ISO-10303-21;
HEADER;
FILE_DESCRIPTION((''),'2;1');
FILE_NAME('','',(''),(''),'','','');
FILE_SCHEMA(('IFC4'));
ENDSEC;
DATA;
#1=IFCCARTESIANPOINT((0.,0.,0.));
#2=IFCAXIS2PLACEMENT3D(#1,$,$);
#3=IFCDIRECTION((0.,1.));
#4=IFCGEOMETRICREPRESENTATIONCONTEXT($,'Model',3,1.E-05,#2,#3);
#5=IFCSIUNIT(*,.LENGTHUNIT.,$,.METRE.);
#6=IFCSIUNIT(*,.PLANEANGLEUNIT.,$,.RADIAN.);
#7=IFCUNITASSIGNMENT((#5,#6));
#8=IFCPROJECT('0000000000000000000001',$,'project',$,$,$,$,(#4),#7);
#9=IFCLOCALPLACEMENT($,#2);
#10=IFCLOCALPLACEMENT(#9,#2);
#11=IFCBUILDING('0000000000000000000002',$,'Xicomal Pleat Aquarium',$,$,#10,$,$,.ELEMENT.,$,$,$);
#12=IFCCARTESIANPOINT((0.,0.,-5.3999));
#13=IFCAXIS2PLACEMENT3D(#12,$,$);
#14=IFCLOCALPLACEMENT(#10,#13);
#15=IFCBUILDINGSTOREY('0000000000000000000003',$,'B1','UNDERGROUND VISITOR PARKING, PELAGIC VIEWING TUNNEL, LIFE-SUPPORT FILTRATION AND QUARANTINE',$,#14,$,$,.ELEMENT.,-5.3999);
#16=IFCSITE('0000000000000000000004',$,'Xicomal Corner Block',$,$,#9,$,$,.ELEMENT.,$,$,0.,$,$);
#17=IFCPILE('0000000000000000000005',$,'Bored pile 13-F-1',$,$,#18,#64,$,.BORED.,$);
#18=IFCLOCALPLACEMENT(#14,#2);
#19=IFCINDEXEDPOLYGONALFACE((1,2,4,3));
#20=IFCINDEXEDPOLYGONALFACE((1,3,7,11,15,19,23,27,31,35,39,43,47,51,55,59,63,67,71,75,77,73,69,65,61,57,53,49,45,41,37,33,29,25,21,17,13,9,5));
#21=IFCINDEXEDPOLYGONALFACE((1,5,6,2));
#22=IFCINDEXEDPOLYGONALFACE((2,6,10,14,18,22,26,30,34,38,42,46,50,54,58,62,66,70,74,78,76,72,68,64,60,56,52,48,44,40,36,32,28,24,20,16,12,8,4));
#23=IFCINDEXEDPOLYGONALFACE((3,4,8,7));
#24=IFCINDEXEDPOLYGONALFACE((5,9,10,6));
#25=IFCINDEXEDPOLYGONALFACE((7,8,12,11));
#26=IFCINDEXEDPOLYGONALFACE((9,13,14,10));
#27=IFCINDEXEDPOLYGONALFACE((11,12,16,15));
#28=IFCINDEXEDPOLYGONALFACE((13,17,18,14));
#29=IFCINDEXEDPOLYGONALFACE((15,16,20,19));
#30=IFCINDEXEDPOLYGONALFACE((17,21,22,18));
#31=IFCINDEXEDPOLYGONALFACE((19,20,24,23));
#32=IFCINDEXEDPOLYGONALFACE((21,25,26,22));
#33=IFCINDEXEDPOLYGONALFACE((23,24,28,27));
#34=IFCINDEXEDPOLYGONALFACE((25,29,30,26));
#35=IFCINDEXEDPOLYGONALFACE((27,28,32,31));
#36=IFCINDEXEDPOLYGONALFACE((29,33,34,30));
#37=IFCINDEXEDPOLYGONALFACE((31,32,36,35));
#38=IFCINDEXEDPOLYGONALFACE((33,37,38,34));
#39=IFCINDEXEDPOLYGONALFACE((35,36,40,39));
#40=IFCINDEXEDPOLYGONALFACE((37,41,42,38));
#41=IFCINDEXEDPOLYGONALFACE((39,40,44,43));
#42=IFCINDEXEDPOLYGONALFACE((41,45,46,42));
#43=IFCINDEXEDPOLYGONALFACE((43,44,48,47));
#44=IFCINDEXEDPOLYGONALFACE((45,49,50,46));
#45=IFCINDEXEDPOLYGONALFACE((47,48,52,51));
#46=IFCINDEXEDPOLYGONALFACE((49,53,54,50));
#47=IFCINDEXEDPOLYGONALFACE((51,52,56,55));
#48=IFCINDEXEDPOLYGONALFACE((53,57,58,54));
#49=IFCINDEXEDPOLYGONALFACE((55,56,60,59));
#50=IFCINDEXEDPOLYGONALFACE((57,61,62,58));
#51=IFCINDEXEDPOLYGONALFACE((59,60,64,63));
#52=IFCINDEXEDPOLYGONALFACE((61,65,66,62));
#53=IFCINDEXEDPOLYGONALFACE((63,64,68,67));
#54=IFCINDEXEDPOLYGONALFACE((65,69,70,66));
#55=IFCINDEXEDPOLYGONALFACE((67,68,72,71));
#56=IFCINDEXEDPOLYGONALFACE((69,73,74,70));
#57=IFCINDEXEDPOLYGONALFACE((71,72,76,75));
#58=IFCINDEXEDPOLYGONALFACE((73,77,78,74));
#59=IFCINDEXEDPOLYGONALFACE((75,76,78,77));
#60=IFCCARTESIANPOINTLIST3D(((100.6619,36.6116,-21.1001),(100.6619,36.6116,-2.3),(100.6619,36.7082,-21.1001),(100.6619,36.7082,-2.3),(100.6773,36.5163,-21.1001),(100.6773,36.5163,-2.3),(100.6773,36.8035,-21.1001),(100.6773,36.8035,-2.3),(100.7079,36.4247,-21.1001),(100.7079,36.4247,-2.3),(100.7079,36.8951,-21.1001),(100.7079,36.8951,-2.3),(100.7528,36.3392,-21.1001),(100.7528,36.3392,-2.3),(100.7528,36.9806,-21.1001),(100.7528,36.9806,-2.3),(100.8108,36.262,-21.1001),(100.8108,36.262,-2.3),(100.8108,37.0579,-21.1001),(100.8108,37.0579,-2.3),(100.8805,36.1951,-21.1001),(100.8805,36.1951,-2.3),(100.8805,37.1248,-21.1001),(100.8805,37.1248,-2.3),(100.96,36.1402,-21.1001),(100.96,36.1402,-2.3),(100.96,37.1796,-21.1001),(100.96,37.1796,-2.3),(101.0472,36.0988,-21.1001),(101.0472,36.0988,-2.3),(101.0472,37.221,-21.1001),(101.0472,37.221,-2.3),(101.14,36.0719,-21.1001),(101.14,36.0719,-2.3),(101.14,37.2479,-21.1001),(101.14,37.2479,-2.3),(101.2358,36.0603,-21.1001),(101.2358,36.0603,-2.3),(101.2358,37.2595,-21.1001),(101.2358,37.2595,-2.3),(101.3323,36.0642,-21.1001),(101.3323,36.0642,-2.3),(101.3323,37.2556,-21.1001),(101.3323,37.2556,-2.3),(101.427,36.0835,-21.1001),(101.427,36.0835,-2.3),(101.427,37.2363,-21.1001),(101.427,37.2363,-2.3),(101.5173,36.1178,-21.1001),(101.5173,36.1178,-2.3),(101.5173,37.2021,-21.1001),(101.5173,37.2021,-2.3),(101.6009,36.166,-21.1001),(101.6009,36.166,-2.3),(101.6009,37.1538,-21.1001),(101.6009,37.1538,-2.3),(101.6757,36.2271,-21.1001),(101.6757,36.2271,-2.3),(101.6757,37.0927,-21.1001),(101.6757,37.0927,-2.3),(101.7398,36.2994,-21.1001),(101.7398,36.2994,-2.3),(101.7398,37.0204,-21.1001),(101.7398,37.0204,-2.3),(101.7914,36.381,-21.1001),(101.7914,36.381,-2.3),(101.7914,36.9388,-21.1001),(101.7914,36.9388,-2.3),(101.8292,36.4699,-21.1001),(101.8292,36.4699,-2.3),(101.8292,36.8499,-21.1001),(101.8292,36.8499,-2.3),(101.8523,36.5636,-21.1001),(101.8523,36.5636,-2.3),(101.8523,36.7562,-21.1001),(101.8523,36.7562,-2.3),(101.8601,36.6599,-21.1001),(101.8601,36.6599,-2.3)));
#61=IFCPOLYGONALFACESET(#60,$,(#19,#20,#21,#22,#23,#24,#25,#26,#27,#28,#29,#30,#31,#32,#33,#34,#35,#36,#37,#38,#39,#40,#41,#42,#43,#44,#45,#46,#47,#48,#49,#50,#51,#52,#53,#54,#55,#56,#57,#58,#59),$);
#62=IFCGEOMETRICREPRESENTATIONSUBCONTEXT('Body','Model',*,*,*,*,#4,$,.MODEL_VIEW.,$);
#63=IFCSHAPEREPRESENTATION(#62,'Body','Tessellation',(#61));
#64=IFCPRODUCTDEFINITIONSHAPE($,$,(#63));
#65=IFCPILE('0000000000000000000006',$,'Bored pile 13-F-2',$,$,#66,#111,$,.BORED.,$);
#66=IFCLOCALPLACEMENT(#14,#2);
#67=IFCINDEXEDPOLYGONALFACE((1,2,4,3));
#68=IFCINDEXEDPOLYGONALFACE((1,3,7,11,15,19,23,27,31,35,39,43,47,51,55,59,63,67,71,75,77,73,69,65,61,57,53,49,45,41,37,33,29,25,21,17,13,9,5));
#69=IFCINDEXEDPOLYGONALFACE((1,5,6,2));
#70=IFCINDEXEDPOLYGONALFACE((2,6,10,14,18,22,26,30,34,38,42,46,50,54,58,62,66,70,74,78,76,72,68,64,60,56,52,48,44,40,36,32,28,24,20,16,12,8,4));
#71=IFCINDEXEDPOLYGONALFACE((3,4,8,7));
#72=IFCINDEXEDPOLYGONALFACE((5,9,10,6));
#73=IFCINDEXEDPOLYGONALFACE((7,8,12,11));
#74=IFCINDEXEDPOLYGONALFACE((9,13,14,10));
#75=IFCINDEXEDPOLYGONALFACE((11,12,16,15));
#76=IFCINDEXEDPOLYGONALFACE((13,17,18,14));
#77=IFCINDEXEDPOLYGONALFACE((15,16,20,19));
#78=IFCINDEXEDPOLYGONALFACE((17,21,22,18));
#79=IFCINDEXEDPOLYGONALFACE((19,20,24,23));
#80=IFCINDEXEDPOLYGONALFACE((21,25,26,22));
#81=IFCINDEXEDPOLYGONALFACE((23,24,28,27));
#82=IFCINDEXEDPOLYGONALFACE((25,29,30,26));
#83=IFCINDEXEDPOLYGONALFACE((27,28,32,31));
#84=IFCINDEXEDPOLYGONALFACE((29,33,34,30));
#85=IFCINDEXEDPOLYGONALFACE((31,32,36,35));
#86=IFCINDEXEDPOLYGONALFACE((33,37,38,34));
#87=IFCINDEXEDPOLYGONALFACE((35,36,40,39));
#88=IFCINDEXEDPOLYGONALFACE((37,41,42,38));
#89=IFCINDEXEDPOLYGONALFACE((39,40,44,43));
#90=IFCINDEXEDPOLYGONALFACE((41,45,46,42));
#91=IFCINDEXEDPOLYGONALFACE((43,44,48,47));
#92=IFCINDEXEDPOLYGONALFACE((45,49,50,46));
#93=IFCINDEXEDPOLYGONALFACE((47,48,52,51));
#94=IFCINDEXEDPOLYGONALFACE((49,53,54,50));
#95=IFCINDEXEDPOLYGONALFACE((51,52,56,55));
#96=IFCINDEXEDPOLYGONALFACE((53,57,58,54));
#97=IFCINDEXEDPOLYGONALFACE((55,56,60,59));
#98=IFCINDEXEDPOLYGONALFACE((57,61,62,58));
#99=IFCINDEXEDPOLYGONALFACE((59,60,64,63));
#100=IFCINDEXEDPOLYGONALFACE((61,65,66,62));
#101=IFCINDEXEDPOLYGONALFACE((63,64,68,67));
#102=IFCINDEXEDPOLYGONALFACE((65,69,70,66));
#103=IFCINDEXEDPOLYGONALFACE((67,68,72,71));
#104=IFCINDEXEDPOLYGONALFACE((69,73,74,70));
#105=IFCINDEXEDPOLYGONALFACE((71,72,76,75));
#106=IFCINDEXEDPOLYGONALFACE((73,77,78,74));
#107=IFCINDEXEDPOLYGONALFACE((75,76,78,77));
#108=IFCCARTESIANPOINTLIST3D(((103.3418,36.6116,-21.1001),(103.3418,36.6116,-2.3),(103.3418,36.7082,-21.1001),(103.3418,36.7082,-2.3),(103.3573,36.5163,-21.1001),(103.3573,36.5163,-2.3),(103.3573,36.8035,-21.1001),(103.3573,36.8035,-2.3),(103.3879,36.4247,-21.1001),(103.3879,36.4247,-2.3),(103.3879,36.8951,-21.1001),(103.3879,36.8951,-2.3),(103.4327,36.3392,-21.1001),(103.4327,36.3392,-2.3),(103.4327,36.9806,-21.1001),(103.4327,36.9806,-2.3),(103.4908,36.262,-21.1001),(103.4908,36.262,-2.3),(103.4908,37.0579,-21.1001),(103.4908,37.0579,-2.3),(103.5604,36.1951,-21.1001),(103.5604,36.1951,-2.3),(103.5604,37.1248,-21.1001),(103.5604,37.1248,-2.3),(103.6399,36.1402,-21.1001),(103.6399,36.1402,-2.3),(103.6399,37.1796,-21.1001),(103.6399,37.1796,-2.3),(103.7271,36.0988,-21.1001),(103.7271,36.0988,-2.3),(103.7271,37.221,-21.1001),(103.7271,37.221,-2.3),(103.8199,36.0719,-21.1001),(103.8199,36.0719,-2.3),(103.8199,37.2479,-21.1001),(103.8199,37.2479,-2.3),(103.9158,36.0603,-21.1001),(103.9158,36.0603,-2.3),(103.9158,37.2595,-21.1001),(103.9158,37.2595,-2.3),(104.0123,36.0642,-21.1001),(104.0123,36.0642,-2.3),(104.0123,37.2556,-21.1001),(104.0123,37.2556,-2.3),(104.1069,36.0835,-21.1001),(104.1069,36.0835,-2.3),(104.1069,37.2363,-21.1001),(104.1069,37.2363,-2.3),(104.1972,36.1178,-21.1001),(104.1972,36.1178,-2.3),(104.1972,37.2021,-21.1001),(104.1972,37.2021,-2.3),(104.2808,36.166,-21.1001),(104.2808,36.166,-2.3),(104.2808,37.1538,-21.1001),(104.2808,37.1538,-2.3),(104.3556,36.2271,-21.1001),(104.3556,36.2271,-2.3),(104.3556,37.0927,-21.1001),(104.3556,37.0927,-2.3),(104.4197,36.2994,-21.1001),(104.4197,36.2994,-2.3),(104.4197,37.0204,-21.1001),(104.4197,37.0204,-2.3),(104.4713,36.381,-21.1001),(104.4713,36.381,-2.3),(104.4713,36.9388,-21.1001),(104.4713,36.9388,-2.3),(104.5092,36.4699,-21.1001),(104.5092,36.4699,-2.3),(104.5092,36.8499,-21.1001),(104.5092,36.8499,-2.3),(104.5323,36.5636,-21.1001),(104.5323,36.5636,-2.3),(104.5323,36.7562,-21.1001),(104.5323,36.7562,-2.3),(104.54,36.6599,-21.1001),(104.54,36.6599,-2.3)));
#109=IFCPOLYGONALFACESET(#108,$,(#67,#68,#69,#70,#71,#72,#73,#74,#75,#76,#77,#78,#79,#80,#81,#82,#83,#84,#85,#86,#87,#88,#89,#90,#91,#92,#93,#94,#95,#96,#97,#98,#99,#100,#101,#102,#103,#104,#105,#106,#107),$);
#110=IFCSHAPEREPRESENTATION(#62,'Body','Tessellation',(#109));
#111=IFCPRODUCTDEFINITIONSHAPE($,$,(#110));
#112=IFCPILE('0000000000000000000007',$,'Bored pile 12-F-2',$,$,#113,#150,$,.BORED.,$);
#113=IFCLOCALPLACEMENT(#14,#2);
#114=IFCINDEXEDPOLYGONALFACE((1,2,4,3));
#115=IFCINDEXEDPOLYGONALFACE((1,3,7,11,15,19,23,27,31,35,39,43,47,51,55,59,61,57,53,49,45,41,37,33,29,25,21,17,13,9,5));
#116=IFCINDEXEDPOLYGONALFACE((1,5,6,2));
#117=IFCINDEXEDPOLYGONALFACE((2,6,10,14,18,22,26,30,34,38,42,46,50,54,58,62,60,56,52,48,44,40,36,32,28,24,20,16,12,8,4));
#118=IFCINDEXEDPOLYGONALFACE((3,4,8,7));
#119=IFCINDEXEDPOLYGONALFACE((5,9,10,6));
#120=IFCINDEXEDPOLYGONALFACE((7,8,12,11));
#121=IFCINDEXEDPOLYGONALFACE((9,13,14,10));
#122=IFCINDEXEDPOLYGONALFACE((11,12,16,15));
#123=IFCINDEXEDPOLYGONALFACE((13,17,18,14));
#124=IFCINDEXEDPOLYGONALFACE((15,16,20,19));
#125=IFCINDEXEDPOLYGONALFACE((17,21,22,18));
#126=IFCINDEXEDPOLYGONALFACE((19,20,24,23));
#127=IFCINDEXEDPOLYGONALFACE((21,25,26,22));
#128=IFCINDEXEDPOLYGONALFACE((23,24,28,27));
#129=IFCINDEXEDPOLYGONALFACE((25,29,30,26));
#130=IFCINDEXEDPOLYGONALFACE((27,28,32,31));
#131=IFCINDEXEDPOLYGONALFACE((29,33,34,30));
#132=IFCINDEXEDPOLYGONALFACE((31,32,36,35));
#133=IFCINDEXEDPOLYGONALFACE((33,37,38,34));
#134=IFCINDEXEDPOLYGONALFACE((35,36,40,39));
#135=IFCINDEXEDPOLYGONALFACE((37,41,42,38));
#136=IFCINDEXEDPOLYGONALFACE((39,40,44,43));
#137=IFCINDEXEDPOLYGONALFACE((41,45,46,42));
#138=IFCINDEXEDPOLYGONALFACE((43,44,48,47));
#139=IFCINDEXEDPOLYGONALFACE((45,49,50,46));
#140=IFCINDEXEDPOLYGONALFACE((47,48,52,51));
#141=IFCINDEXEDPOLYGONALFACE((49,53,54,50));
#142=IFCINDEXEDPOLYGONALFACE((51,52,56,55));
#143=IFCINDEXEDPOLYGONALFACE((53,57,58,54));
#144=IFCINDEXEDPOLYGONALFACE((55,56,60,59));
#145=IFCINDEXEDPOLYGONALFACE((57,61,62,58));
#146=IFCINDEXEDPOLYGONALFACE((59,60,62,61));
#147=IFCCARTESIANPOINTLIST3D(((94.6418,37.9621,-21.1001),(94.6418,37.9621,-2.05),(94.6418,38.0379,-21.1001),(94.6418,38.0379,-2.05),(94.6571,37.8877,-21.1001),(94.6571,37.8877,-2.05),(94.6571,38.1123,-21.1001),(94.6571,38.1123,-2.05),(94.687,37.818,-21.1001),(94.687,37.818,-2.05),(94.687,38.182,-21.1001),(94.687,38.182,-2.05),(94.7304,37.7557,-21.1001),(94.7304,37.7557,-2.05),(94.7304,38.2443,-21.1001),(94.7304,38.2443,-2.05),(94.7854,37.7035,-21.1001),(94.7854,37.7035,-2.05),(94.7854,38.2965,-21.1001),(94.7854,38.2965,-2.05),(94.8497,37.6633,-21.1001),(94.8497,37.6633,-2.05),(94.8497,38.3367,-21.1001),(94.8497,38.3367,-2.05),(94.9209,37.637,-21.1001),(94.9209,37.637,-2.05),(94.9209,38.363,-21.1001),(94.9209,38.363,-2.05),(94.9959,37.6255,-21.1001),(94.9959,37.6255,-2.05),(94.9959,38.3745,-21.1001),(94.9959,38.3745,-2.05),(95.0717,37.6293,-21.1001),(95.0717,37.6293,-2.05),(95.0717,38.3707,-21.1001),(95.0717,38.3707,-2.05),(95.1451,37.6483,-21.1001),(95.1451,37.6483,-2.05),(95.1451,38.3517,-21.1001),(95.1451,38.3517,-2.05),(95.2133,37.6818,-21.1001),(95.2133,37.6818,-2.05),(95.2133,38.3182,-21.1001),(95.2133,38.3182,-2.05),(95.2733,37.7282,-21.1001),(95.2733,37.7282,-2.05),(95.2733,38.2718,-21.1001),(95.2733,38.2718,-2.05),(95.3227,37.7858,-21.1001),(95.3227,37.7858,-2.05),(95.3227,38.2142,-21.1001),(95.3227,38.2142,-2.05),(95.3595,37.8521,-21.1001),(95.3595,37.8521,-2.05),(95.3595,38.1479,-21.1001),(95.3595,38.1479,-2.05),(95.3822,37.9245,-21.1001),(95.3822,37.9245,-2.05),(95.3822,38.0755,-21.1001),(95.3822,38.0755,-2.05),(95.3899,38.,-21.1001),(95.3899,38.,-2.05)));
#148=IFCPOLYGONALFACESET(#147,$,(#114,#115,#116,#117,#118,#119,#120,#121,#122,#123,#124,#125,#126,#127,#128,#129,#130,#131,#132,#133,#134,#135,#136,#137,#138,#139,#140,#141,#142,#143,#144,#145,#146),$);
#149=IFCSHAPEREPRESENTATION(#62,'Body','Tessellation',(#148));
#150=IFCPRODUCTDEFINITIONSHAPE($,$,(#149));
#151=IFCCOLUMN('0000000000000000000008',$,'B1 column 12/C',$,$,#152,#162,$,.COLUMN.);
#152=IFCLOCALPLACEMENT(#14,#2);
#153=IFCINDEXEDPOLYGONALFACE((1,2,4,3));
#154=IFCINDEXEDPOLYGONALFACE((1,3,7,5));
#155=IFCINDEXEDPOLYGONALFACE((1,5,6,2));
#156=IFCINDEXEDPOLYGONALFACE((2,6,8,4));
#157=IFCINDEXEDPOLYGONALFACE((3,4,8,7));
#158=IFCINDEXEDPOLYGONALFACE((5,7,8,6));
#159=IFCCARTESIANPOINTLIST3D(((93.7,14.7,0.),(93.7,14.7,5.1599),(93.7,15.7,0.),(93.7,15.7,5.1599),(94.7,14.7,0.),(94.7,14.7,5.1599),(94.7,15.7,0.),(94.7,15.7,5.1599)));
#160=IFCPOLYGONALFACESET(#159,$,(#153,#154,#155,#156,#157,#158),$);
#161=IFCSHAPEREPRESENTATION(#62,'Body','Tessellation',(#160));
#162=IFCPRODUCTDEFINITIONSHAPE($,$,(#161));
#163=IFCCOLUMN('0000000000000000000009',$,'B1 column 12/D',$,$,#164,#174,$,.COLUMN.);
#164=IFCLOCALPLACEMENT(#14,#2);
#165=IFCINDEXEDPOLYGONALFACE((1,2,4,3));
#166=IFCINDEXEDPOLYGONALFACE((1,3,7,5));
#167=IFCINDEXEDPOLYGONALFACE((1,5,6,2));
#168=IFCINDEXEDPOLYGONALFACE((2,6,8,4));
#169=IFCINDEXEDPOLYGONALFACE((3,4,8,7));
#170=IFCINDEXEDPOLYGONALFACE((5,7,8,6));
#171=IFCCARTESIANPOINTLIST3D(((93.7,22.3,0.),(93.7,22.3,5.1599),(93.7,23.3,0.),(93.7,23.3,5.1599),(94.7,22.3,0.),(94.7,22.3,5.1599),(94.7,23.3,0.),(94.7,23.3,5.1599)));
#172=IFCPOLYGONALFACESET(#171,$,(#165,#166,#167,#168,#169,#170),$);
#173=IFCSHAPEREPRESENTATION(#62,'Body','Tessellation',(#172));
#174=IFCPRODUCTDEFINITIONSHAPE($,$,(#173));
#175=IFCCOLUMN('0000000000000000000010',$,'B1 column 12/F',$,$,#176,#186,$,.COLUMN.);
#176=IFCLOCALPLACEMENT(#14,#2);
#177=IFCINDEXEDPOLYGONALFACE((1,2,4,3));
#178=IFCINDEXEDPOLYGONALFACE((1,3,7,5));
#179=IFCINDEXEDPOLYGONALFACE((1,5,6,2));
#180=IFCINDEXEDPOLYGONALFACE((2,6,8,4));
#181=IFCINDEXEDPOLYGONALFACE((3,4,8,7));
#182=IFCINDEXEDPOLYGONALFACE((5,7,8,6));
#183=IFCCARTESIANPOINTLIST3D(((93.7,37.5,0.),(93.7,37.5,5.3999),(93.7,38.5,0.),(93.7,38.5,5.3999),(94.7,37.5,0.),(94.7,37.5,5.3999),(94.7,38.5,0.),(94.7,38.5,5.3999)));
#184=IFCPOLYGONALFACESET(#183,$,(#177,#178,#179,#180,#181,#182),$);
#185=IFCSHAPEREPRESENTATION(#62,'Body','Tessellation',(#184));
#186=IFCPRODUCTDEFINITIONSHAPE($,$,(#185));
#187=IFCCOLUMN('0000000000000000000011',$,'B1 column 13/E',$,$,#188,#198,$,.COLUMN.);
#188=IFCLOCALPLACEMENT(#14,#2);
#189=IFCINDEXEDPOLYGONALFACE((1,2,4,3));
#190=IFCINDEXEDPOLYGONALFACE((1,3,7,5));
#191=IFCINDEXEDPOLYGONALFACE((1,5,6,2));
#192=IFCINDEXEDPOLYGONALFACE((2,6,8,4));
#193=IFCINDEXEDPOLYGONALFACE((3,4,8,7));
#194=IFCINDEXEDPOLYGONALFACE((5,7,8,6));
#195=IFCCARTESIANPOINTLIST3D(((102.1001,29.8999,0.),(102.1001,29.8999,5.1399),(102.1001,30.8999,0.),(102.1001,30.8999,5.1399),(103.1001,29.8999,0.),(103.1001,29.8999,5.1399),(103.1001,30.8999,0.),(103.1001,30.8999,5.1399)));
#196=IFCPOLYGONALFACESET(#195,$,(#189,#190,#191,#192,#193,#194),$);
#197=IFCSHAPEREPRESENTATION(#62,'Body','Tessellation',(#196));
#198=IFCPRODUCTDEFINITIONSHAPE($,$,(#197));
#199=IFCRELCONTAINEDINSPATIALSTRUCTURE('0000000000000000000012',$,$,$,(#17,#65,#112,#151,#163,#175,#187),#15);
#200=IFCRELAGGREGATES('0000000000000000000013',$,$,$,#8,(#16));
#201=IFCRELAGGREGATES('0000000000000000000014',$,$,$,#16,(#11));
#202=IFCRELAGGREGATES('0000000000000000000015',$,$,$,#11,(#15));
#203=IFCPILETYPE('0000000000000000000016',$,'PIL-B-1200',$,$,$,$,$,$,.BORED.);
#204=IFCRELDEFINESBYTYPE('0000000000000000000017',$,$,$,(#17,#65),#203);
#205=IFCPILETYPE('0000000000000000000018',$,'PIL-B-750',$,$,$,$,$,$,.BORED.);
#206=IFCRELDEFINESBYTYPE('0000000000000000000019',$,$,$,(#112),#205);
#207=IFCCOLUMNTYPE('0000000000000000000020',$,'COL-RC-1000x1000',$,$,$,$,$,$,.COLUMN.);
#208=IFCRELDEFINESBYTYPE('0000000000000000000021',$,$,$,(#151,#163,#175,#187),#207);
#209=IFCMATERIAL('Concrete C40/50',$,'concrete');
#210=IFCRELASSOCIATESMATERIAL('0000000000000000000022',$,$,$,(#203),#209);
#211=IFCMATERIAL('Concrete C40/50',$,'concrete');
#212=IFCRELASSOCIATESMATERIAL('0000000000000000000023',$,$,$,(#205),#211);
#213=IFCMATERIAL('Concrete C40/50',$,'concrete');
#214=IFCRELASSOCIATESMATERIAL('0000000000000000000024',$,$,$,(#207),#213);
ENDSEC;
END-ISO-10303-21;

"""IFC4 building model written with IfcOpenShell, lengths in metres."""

from ifc_helpers import new_model, si_unit, direction, frame, origin, origin_2d, place, context, subcontext, project, spatial, rectangle, circle, extrude, material, material_profile, profile_set, type_object, element, save


model = new_model("IFC4")

# Units and contexts
model_context = context("Model", 3, precision=1e-05, world=origin(), true_north=direction((0.0, 1.0)))
body_context = subcontext(model_context, "Body", "Model", "MODEL_VIEW")
ifc_project = project(units=[si_unit("LENGTHUNIT", "METRE"), si_unit("PLANEANGLEUNIT", "RADIAN")], contexts=[model_context])

# Site, building, storey
site_placement = place(None, origin())
site = spatial("IfcSite", under=ifc_project, at=site_placement, Name="Xicomal Corner Block", CompositionType="ELEMENT", RefElevation=0.0)
building_placement = place(site_placement, origin())
building = spatial("IfcBuilding", under=site, at=building_placement, Name="Xicomal Pleat Aquarium", CompositionType="ELEMENT")
storey_placement = place(building_placement, frame((0.0, 0.0, -5.3999)))
storey = spatial("IfcBuildingStorey", under=building, at=storey_placement, Name="B1", Description="UNDERGROUND VISITOR PARKING, PELAGIC VIEWING TUNNEL, LIFE-SUPPORT FILTRATION AND QUARANTINE", CompositionType="ELEMENT", Elevation=-5.3999)

# Piles
ifc_material_1 = material(Name="Concrete C40/50", Category="concrete")
ifc_material_profile_1 = material_profile(ifc_material_1, circle(Radius=0.6001, at=origin_2d()), Name="BORED PILE D1200")
ifc_profile_set_1 = profile_set([ifc_material_profile_1], Name="Concrete C40/50")
pile_type_1 = type_object("IfcPileType", Name="PIL-B-1200", PredefinedType="BORED", material=ifc_profile_set_1)
for number, where, z_axis, x_axis, name in (
    (1, (101.26, 36.6599, -2.3), (0.0, 0.0, -1.0), (1.0, 0.0, 0.0), "Bored pile 13-F-1"),
    (2, (103.9399, 36.6599, -2.3), (0.0, 0.0, -1.0), (1.0, 0.0, 0.0), "Bored pile 13-F-2"),
):
    element("IfcPile", number, at=place(storey_placement, frame(where, z_axis=z_axis, x_axis=x_axis)), inside=storey, type_object=pile_type_1, Name=name, PredefinedType="BORED", context=body_context, shape_type="SweptSolid", body=[
        extrude(circle(Radius=0.6001, at=origin_2d()), origin(), (0.0, 0.0, 1.0), 18.8),
    ])
ifc_material_2 = material(Name="Concrete C40/50", Category="concrete")
ifc_material_profile_2 = material_profile(ifc_material_2, circle(Radius=0.375, at=origin_2d()), Name="BORED PILE D750")
ifc_profile_set_2 = profile_set([ifc_material_profile_2], Name="Concrete C40/50")
pile_type_2 = type_object("IfcPileType", Name="PIL-B-750", PredefinedType="BORED", material=ifc_profile_set_2)
pile_placement = place(storey_placement, frame((95.0149, 38.0, -2.05), z_axis=(0.0, 0.0, -1.0), x_axis=(1.0, 0.0, 0.0)))
element("IfcPile", 3, at=pile_placement, inside=storey, type_object=pile_type_2, Name="Bored pile 12-F-2", PredefinedType="BORED", context=body_context, shape_type="SweptSolid", body=[
    extrude(circle(Radius=0.375, at=origin_2d()), origin(), (0.0, 0.0, 1.0), 19.05),
])

# Columns
ifc_material_3 = material(Name="Concrete C40/50", Category="concrete")
ifc_material_profile_3 = material_profile(ifc_material_3, rectangle(XDim=1.0, YDim=1.0, at=origin_2d()), Name="RC 1000x1000")
ifc_profile_set_3 = profile_set([ifc_material_profile_3], Name="Concrete C40/50")
column_type_1 = type_object("IfcColumnType", Name="COL-RC-1000x1000", PredefinedType="COLUMN", material=ifc_profile_set_3)
for number, where, z_axis, x_axis, name in (
    (4, (94.2, 15.2, 0.0), (0.0, 0.0, 1.0), (1.0, 0.0, 0.0), "B1 column 12/C"),
    (5, (94.2, 22.8, 0.0), (0.0, 0.0, 1.0), (1.0, 0.0, 0.0), "B1 column 12/D"),
):
    element("IfcColumn", number, at=place(storey_placement, frame(where, z_axis=z_axis, x_axis=x_axis)), inside=storey, type_object=column_type_1, Name=name, PredefinedType="COLUMN", context=body_context, shape_type="SweptSolid", body=[
        extrude(rectangle(XDim=1.0, YDim=1.0, at=origin_2d()), origin(), (0.0, 0.0, 1.0), 5.1599),
    ])
column_1_placement = place(storey_placement, frame((94.2, 38.0, 0.0), z_axis=(0.0, 0.0, 1.0), x_axis=(1.0, 0.0, 0.0)))
element("IfcColumn", 6, at=column_1_placement, inside=storey, type_object=column_type_1, Name="B1 column 12/F", PredefinedType="COLUMN", context=body_context, shape_type="SweptSolid", body=[
    extrude(rectangle(XDim=1.0, YDim=1.0, at=origin_2d()), origin(), (0.0, 0.0, 1.0), 5.3999),
])
column_2_placement = place(storey_placement, frame((102.6001, 30.3999, 0.0), z_axis=(0.0, 0.0, 1.0), x_axis=(1.0, 0.0, 0.0)))
element("IfcColumn", 7, at=column_2_placement, inside=storey, type_object=column_type_1, Name="B1 column 13/E", PredefinedType="COLUMN", context=body_context, shape_type="SweptSolid", body=[
    extrude(rectangle(XDim=1.0, YDim=1.0, at=origin_2d()), origin(), (0.0, 0.0, 1.0), 5.1399),
])

save(model, "model.ifc")
